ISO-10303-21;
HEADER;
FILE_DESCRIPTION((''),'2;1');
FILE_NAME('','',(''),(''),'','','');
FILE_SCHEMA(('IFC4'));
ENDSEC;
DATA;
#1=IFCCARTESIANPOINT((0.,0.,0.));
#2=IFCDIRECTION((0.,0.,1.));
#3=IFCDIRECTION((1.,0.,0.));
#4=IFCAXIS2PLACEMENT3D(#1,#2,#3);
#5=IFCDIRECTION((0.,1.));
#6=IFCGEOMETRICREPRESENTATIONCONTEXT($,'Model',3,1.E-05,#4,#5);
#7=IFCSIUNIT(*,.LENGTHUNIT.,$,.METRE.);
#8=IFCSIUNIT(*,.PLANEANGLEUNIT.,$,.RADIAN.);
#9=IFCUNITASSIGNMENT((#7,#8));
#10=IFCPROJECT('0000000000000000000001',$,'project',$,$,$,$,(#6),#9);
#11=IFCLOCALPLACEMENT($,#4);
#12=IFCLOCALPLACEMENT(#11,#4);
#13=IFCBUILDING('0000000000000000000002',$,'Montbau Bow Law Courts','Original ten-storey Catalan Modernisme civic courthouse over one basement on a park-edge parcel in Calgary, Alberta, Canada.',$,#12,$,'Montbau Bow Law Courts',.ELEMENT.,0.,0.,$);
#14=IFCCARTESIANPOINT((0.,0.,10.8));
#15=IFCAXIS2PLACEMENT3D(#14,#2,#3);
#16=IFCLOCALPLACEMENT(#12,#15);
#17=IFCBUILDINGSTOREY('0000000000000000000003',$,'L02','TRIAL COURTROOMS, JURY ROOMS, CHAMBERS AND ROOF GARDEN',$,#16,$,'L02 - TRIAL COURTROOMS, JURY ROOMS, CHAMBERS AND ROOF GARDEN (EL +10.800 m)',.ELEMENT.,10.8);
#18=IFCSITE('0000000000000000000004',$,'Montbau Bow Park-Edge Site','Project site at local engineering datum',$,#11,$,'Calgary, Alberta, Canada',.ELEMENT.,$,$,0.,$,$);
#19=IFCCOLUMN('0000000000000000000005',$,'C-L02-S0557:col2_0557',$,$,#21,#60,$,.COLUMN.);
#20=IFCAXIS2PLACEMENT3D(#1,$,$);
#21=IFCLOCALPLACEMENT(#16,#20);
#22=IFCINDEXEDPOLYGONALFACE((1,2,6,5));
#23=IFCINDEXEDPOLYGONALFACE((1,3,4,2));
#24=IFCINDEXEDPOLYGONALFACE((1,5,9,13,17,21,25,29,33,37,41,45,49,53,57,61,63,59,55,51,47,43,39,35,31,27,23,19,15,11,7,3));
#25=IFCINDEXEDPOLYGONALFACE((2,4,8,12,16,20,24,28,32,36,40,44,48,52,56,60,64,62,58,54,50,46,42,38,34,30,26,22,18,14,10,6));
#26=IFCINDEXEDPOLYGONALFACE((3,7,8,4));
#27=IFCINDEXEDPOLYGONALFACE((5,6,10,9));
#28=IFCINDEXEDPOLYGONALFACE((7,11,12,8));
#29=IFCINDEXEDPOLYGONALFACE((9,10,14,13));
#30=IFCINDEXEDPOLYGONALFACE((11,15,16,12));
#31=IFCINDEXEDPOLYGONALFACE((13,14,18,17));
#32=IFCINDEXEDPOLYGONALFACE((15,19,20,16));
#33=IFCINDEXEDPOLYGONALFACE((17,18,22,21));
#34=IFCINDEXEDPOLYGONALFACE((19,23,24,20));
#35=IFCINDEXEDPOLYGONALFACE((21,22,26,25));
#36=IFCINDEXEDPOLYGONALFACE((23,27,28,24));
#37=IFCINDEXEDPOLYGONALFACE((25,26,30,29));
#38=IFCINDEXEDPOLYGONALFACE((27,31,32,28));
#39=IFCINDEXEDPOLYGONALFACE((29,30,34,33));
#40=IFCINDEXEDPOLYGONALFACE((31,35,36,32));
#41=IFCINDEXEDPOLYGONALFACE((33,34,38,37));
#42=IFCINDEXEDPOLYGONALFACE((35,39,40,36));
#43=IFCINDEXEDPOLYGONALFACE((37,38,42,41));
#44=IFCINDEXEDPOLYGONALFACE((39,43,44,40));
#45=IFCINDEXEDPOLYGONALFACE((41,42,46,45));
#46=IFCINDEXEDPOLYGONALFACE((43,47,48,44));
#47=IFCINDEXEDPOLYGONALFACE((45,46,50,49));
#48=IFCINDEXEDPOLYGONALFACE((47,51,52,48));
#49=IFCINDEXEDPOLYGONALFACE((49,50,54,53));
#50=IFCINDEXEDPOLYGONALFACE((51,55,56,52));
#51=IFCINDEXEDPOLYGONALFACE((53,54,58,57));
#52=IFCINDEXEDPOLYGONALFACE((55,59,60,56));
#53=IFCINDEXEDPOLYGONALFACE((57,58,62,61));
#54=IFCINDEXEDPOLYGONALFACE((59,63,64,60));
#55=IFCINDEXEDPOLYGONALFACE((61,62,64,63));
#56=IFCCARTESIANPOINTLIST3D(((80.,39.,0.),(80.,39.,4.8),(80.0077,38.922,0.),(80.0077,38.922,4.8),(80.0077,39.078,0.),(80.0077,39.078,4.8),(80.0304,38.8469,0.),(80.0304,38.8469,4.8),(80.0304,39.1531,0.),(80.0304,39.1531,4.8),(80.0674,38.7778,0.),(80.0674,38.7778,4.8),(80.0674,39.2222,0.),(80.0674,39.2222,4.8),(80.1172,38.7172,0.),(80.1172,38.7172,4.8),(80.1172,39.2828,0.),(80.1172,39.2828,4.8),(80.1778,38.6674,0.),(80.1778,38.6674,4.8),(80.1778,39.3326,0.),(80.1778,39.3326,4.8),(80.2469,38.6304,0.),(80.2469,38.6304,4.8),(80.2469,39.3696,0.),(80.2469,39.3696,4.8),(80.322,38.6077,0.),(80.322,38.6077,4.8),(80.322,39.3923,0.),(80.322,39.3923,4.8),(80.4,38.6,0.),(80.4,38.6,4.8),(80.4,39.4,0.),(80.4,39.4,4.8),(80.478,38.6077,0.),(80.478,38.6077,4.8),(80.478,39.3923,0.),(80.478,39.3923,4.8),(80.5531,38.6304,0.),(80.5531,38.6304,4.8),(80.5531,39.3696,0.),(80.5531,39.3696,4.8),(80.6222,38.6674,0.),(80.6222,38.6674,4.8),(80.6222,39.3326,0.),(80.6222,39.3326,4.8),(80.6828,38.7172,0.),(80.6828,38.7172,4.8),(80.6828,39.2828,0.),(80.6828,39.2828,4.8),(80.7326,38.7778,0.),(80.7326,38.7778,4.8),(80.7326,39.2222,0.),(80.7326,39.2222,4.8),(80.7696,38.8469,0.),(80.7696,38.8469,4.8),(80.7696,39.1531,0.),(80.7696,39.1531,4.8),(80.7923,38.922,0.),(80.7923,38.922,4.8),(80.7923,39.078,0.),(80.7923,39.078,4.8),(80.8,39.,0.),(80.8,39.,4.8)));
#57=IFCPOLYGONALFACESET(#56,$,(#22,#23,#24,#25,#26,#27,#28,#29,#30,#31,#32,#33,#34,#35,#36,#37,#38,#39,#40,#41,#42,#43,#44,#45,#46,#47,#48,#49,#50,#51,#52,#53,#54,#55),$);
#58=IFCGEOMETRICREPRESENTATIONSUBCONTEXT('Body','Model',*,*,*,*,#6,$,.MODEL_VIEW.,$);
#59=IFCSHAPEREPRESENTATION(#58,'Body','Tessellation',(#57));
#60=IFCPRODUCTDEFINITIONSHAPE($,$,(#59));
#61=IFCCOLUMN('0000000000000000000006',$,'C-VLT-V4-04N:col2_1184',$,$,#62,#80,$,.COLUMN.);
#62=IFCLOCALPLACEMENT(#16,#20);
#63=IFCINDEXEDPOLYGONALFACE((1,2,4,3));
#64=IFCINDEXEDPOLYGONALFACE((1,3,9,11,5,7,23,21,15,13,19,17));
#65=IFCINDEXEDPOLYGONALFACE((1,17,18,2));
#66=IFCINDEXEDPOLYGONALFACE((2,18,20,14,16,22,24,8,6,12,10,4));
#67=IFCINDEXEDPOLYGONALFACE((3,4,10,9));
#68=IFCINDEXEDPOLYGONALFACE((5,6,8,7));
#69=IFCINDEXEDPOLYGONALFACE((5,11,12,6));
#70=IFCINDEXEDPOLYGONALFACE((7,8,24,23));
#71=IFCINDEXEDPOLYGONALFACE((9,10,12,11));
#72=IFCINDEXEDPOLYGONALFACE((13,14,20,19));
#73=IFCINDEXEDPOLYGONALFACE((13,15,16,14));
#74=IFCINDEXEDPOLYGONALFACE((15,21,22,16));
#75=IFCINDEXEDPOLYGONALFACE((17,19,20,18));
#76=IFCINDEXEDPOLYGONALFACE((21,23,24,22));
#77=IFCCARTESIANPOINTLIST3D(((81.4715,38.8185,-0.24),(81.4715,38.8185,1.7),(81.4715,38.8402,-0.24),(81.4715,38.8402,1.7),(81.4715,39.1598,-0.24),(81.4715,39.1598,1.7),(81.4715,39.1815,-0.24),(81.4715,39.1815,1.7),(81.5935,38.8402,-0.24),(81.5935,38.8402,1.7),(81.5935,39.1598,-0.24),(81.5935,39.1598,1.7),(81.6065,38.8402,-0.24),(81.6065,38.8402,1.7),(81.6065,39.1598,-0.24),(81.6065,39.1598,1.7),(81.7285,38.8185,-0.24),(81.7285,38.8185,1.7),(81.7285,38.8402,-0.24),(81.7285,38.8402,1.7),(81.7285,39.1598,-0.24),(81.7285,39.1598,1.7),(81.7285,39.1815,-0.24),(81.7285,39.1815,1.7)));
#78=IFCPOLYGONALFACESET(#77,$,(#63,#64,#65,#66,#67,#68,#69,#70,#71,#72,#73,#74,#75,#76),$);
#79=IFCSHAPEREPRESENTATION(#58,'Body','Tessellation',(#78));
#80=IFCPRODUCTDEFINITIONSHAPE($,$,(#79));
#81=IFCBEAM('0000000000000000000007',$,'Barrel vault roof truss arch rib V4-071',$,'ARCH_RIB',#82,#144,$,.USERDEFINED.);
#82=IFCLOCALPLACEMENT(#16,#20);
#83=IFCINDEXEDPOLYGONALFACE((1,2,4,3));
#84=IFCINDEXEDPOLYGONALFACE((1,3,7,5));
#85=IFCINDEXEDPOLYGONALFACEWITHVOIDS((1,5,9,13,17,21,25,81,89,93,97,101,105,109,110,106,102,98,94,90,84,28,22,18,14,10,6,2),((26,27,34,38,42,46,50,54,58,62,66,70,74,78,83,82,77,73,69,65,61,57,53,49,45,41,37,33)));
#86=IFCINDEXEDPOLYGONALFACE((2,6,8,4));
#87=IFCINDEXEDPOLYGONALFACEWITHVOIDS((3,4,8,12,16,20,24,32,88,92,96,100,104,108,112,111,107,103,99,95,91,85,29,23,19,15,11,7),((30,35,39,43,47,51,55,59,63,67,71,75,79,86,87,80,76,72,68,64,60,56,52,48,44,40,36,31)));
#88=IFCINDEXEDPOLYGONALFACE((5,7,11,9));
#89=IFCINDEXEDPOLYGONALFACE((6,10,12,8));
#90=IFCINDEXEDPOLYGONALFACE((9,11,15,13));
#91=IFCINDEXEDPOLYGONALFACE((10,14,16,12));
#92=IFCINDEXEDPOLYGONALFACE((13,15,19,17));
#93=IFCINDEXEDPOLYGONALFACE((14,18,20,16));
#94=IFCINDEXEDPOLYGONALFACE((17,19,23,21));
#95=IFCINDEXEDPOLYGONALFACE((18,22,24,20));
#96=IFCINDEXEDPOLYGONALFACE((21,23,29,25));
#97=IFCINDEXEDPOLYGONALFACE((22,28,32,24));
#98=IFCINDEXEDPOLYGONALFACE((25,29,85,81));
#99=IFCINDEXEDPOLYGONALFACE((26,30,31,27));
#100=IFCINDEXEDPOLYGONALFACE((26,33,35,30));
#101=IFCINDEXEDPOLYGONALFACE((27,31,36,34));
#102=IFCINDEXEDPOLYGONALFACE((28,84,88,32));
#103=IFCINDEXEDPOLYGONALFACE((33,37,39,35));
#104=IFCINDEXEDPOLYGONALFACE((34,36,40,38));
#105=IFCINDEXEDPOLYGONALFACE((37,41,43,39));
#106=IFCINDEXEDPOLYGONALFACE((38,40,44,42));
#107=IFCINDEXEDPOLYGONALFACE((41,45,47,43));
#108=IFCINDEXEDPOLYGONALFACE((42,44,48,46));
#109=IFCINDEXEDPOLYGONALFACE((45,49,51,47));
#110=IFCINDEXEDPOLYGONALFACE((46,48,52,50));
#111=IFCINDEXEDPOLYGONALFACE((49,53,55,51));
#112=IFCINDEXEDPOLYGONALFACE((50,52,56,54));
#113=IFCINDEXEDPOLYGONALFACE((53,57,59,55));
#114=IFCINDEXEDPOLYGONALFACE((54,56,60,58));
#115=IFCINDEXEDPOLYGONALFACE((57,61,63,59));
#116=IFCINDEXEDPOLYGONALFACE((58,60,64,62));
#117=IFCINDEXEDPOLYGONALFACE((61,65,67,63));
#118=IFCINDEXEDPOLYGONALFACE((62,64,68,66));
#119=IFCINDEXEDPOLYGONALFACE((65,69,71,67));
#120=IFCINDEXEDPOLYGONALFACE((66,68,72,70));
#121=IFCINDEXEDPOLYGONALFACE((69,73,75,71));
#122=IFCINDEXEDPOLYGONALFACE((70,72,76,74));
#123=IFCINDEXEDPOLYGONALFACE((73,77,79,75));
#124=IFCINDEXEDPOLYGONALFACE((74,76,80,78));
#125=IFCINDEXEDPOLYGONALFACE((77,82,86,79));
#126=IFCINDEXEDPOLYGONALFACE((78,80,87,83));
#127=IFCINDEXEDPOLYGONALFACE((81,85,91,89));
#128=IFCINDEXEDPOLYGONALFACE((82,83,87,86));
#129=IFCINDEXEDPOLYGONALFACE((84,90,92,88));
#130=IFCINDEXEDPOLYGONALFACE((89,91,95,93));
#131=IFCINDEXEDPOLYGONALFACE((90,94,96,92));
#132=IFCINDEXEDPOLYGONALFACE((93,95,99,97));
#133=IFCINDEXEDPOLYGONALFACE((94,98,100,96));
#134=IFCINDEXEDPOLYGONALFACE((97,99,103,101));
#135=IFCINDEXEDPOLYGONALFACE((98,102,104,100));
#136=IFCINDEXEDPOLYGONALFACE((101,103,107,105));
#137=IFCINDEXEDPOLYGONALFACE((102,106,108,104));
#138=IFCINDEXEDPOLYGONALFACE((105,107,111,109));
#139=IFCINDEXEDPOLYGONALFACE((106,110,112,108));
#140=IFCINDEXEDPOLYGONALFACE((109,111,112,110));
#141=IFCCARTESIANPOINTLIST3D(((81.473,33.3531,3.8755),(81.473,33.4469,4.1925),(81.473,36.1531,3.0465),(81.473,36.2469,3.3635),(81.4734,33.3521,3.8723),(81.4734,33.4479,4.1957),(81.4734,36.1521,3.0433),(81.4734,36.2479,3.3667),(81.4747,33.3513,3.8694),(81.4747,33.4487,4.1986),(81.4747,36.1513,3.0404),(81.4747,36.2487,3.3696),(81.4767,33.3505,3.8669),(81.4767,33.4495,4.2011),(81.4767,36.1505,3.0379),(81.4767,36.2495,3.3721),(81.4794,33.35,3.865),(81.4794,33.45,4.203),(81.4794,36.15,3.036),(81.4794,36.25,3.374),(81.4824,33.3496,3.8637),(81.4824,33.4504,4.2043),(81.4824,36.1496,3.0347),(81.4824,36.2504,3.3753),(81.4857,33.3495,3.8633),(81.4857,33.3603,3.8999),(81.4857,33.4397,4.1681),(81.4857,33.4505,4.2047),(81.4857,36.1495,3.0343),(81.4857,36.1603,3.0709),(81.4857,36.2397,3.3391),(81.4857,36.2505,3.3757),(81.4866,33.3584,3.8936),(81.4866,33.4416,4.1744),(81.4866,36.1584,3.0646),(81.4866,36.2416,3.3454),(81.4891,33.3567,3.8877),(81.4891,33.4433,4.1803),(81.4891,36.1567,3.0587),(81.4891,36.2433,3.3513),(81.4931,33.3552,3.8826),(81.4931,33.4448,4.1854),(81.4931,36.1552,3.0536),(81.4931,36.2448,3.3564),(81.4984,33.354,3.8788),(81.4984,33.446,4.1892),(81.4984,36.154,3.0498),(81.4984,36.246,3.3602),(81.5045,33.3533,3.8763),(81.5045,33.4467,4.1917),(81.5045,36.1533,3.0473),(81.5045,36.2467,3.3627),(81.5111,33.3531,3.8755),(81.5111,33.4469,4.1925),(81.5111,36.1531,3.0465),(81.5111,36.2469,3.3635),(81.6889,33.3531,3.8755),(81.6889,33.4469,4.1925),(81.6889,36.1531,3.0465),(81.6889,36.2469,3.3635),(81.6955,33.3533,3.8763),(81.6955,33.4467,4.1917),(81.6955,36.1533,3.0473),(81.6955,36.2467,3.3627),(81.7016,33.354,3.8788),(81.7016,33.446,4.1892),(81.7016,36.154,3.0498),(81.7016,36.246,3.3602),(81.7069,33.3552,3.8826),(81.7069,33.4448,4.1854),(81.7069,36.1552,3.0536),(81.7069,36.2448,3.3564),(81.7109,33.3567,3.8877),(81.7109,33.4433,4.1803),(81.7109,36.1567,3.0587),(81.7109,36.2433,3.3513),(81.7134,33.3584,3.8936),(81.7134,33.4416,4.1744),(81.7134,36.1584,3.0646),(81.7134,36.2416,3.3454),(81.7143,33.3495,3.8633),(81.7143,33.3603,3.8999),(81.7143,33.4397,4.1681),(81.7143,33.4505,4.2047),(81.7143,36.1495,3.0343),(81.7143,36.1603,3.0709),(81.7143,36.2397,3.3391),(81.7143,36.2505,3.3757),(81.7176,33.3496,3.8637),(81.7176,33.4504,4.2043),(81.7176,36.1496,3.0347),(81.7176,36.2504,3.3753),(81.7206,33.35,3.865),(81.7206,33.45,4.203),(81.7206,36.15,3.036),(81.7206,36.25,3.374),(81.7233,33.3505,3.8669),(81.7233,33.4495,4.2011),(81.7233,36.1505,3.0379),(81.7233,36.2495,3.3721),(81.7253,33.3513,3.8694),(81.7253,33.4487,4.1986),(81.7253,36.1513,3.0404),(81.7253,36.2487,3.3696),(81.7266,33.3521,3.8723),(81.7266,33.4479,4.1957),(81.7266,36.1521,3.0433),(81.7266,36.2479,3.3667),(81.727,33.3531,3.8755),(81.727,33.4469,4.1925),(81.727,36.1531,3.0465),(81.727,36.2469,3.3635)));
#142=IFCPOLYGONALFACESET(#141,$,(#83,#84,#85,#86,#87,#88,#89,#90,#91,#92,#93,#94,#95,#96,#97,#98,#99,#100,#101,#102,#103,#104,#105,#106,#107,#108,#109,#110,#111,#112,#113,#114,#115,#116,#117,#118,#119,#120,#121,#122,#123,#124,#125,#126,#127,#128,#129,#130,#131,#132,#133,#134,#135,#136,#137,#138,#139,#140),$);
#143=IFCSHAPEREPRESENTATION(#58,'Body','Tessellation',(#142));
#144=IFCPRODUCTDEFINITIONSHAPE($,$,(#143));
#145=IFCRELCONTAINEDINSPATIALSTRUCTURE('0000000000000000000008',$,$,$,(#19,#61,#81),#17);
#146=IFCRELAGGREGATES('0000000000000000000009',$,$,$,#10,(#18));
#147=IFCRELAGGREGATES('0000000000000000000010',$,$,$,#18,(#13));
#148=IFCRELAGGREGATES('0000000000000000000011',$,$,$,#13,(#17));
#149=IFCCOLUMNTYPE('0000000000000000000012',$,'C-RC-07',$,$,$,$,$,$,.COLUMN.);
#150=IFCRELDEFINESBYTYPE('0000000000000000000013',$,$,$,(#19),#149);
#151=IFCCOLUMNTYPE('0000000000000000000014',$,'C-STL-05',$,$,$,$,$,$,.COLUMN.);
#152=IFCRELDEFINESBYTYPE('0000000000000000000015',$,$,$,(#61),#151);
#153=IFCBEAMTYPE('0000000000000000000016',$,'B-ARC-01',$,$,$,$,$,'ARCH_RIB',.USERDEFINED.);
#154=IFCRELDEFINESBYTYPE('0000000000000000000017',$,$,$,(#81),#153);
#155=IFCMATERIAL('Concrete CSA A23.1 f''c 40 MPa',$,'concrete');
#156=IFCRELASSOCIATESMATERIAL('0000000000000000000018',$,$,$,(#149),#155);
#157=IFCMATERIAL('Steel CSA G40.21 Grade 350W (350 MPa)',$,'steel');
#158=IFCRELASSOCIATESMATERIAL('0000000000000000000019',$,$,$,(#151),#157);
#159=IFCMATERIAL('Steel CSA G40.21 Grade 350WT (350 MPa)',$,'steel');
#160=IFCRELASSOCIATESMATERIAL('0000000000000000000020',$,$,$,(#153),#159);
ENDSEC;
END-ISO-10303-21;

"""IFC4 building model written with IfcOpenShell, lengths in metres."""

from ifc_helpers import new_model, si_unit, direction, frame, origin_with_axes, origin_2d_with_axis, place, context, subcontext, project, spatial, hollow_rectangle, circle, i_section, extrude, material, material_profile, profile_set, type_object, element, save


model = new_model("IFC4")

# Units and contexts
model_context = context("Model", 3, precision=1e-05, world=origin_with_axes(), true_north=direction((0.0, 1.0)))
body_context = subcontext(model_context, "Body", "Model", "MODEL_VIEW")
ifc_project = project(units=[si_unit("LENGTHUNIT", "METRE"), si_unit("PLANEANGLEUNIT", "RADIAN")], contexts=[model_context])

# Site, building, storey
site_placement = place(None, origin_with_axes())
site = spatial("IfcSite", under=ifc_project, at=site_placement, Name="Montbau Bow Park-Edge Site", Description="Project site at local engineering datum", LongName="Calgary, Alberta, Canada", CompositionType="ELEMENT", RefElevation=0.0)
building_placement = place(site_placement, origin_with_axes())
building = spatial("IfcBuilding", under=site, at=building_placement, Name="Montbau Bow Law Courts", Description="Original ten-storey Catalan Modernisme civic courthouse over one basement on a park-edge parcel in Calgary, Alberta, Canada.", LongName="Montbau Bow Law Courts", CompositionType="ELEMENT", ElevationOfRefHeight=0.0, ElevationOfTerrain=0.0)
storey_placement = place(building_placement, frame((0.0, 0.0, 10.8), z_axis=(0.0, 0.0, 1.0), x_axis=(1.0, 0.0, 0.0)))
storey = spatial("IfcBuildingStorey", under=building, at=storey_placement, Name="L02", Description="TRIAL COURTROOMS, JURY ROOMS, CHAMBERS AND ROOF GARDEN", LongName="L02 - TRIAL COURTROOMS, JURY ROOMS, CHAMBERS AND ROOF GARDEN (EL +10.800 m)", CompositionType="ELEMENT", Elevation=10.8)

# Columns
ifc_material_1 = material(Name="Concrete CSA A23.1 f'c 40 MPa", Category="concrete")
ifc_material_profile_1 = material_profile(ifc_material_1, circle(Radius=0.4, at=origin_2d_with_axis()), Name="RC800D", Category="Main", Priority=0)
ifc_profile_set_1 = profile_set([ifc_material_profile_1], Name="Concrete CSA A23.1 f'c 40 MPa")
column_type_1 = type_object("IfcColumnType", Name="C-RC-07", PredefinedType="COLUMN", material=ifc_profile_set_1)
column_1_placement = place(None, frame((80.4, 39.0, 10.8), z_axis=(0.0, 0.0, 1.0), x_axis=(1.0, 0.0, 0.0)))
element("IfcColumn", 1, at=column_1_placement, inside=storey, type_object=column_type_1, Name="C-L02-S0557:col2_0557", PredefinedType="COLUMN", context=body_context, shape_type="SweptSolid", body=[
    extrude(circle(Radius=0.4, at=origin_2d_with_axis()), origin_with_axes(), (0.0, 0.0, 1.0), 4.8),
])
ifc_material_2 = material(Name="Steel CSA G40.21 Grade 350W (350 MPa)", Category="steel")
ifc_material_profile_2 = material_profile(ifc_material_2, i_section(OverallWidth=0.257, OverallDepth=0.363, WebThickness=0.013, FlangeThickness=0.0217, at=origin_2d_with_axis()), Name="W360X122", Category="Main", Priority=0)
ifc_profile_set_2 = profile_set([ifc_material_profile_2], Name="Steel CSA G40.21 Grade 350W (350 MPa)")
column_type_2 = type_object("IfcColumnType", Name="C-STL-05", PredefinedType="COLUMN", material=ifc_profile_set_2)
column_2_placement = place(None, frame((81.6, 39.0, 10.56), z_axis=(0.0, 0.0, 1.0), x_axis=(1.0, 0.0, 0.0)))
element("IfcColumn", 2, at=column_2_placement, inside=storey, type_object=column_type_2, Name="C-VLT-V4-04N:col2_1184", PredefinedType="COLUMN", context=body_context, shape_type="SweptSolid", body=[
    extrude(i_section(OverallWidth=0.257, OverallDepth=0.363, WebThickness=0.013, FlangeThickness=0.0217, at=origin_2d_with_axis()), origin_with_axes(), (0.0, 0.0, 1.0), 1.94),
])

# Beam
ifc_material_3 = material(Name="Steel CSA G40.21 Grade 350WT (350 MPa)", Category="steel")
ifc_material_profile_3 = material_profile(ifc_material_3, hollow_rectangle(XDim=0.254, YDim=0.356, WallThickness=0.0127, InnerFilletRadius=0.0254, OuterFilletRadius=0.0127, at=origin_2d_with_axis()), Name="HSS356X254X13", Category="Main", Priority=0)
ifc_profile_set_3 = profile_set([ifc_material_profile_3], Name="Steel CSA G40.21 Grade 350WT (350 MPa)")
beam_type_1 = type_object("IfcBeamType", Name="B-ARC-01", ElementType="ARCH_RIB", PredefinedType="USERDEFINED", material=ifc_profile_set_3)
beam_1_placement = place(None, frame((81.6, 33.4, 14.834), z_axis=(0.0, 0.958857, -0.28389), x_axis=(-1.0, 0.0, 0.0)))
element("IfcBeam", 3, at=beam_1_placement, inside=storey, type_object=beam_type_1, Name="Barrel vault roof truss arch rib V4-071", ObjectType="ARCH_RIB", PredefinedType="USERDEFINED", context=body_context, shape_type="SweptSolid", body=[
    extrude(hollow_rectangle(XDim=0.254, YDim=0.356, WallThickness=0.0127, InnerFilletRadius=0.0254, OuterFilletRadius=0.0127, at=origin_2d_with_axis()), origin_with_axes(), (0.0, 0.0, 1.0), 2.9201),
])

save(model, "model.ifc")
